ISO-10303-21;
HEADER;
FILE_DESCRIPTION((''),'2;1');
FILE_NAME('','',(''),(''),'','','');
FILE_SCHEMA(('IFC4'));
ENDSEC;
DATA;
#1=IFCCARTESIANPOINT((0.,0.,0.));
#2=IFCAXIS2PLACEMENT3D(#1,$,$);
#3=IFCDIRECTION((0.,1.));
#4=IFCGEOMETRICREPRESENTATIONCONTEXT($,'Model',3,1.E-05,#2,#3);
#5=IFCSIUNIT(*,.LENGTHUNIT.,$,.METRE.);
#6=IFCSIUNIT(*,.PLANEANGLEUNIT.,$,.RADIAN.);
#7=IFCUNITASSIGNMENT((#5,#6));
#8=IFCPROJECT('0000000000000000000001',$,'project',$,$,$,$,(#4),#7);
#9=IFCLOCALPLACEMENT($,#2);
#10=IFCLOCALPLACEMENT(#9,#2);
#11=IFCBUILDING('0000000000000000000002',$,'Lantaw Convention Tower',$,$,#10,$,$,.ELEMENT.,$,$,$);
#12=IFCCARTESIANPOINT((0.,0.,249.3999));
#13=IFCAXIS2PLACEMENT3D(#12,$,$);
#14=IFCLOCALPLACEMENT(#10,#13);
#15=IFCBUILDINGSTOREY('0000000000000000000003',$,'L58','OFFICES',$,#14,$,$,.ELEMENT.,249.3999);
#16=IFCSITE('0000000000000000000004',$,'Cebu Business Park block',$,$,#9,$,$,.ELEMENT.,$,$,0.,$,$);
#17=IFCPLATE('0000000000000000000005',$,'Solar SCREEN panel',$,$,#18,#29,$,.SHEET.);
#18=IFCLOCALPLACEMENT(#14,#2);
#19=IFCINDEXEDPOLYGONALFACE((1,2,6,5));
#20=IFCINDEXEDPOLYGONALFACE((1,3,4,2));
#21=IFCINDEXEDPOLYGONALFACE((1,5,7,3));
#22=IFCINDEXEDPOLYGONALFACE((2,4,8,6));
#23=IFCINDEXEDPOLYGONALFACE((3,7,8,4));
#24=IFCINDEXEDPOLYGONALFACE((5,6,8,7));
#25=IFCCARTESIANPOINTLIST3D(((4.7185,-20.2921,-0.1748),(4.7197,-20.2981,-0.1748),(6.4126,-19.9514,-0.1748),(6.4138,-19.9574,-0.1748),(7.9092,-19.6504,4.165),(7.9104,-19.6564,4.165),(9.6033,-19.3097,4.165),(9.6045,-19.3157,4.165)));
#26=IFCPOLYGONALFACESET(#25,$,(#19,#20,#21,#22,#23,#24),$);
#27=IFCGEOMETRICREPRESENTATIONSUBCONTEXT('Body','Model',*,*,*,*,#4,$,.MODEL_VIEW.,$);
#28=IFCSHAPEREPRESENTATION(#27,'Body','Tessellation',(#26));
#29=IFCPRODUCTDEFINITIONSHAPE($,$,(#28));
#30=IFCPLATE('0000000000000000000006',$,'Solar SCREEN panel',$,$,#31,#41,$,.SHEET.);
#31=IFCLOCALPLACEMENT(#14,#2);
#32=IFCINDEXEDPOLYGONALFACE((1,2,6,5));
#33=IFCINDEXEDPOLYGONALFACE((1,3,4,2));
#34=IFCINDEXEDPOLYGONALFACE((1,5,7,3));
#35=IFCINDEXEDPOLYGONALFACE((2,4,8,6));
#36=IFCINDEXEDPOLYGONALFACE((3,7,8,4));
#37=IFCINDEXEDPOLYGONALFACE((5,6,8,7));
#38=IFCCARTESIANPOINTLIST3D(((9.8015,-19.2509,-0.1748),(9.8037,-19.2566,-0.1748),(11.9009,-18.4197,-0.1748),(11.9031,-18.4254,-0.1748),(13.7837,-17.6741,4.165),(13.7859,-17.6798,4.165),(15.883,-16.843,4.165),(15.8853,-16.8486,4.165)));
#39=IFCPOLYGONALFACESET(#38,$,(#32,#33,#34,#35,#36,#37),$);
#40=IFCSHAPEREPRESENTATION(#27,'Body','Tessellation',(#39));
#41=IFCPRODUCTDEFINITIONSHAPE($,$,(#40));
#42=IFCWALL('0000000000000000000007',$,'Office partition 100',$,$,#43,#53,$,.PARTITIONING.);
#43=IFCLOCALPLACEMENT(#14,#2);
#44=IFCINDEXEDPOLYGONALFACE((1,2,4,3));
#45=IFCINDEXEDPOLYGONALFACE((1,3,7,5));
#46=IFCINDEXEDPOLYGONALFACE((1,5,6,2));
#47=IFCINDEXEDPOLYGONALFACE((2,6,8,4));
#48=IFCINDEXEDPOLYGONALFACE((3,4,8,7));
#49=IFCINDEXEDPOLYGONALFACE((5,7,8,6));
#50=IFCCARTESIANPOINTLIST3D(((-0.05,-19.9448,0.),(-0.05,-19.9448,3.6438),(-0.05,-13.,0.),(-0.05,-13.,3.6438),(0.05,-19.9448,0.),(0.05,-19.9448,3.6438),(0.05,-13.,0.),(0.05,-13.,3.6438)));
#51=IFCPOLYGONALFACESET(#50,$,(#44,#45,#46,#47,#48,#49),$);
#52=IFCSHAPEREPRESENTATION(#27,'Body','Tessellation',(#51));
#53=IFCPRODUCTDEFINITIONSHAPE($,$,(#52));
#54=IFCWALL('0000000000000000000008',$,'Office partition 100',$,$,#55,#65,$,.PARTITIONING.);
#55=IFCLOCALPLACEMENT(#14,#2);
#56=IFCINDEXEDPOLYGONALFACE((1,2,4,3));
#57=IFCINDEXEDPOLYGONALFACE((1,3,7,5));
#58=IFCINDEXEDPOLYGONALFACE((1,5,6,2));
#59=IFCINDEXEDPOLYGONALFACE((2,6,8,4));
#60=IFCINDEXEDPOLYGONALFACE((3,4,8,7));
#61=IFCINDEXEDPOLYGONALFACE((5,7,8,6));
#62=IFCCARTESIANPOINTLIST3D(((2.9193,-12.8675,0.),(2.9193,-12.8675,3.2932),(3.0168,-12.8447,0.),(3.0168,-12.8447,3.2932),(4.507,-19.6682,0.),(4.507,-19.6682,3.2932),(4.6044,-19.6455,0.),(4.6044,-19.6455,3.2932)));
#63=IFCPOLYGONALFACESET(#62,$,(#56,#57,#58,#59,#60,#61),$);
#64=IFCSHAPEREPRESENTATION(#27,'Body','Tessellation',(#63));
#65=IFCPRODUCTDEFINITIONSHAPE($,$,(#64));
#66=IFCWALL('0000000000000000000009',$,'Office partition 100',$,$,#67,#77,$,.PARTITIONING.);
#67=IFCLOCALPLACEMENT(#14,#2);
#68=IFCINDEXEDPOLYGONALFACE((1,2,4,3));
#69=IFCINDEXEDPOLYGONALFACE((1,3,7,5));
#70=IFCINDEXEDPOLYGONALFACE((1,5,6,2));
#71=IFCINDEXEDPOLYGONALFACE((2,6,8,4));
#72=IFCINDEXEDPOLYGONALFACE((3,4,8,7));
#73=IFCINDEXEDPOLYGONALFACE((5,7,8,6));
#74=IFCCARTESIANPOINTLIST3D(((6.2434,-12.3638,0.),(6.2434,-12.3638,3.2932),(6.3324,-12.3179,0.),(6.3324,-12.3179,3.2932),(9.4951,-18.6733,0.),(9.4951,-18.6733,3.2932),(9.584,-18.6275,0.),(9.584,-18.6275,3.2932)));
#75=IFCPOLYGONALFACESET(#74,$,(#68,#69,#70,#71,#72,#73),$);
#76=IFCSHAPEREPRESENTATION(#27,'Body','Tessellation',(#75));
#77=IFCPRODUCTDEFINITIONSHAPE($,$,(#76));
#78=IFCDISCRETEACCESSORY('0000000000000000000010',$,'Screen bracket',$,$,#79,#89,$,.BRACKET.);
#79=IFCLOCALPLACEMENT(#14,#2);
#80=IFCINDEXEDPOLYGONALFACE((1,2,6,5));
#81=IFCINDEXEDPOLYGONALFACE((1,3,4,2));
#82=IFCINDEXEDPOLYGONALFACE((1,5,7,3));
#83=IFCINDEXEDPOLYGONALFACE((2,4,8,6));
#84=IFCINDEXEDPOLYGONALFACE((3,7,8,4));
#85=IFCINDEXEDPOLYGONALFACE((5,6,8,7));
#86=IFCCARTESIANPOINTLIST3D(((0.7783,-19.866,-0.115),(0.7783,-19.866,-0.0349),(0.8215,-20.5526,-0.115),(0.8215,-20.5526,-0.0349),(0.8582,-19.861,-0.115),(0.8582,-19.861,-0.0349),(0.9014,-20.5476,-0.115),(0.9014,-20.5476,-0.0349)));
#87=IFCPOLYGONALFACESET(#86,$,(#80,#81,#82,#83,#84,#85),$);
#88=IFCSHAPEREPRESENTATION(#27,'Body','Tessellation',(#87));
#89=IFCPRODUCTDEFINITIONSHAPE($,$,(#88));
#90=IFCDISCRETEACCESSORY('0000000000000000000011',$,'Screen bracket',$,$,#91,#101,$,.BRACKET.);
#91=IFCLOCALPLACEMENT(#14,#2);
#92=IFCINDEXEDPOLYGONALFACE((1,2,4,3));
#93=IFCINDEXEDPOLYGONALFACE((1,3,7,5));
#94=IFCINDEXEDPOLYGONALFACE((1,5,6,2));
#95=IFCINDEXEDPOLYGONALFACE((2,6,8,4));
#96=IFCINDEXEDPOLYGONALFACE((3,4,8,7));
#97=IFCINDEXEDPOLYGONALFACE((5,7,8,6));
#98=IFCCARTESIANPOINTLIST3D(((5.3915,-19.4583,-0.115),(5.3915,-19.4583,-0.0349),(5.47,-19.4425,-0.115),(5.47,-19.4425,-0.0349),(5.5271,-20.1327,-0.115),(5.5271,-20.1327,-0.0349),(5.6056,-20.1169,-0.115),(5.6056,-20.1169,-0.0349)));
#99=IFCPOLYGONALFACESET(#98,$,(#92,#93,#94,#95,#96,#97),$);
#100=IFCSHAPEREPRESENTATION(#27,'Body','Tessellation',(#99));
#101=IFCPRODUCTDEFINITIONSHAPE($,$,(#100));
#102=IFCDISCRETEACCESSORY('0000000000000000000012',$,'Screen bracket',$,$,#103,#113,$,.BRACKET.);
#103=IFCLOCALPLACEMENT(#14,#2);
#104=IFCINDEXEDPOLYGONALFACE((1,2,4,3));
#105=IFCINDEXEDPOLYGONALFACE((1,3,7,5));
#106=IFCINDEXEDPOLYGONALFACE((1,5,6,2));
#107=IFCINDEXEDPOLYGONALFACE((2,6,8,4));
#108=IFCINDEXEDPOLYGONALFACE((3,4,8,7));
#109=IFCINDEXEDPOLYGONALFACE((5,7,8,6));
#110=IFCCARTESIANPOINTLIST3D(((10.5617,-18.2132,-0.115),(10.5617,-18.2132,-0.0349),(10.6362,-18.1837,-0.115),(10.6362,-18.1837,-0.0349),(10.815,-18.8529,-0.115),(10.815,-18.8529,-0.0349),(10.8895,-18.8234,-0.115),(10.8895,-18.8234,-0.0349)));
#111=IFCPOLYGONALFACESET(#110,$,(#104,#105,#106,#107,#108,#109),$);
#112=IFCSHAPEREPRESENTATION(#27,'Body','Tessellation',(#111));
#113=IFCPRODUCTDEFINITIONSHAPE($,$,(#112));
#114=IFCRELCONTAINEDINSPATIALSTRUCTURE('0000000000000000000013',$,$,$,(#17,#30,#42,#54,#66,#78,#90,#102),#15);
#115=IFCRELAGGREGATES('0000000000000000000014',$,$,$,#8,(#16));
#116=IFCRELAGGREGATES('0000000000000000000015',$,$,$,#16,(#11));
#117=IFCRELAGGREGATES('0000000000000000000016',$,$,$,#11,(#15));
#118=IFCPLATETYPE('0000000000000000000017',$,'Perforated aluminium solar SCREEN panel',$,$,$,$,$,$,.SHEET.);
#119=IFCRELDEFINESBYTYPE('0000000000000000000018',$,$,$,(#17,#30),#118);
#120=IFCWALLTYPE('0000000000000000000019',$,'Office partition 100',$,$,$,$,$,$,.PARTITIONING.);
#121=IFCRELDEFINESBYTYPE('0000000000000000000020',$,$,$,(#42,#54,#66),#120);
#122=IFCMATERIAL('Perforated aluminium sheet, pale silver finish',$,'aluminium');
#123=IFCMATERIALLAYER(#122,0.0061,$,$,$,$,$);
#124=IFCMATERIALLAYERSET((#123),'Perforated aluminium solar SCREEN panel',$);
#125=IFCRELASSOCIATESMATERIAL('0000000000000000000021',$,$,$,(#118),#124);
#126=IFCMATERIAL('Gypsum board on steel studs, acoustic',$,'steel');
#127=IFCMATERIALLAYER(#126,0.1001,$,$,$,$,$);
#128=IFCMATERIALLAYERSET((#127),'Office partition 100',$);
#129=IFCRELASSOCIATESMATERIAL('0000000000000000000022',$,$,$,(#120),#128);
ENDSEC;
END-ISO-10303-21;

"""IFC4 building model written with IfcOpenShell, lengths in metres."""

from ifc_helpers import new_model, si_unit, direction, frame, frame_2d, origin, origin_2d, place, context, subcontext, project, spatial, polyline, rectangle, outline, extrude, material, layer, layer_set, type_object, element, save


model = new_model("IFC4")

# Units and contexts
model_context = context("Model", 3, precision=1e-05, world=origin(), true_north=direction((0.0, 1.0)))
body_context = subcontext(model_context, "Body", "Model", "MODEL_VIEW")
ifc_project = project(units=[si_unit("LENGTHUNIT", "METRE"), si_unit("PLANEANGLEUNIT", "RADIAN")], contexts=[model_context])

# Site, building, storey
site_placement = place(None, origin())
site = spatial("IfcSite", under=ifc_project, at=site_placement, Name="Cebu Business Park block", CompositionType="ELEMENT", RefElevation=0.0)
building_placement = place(site_placement, origin())
building = spatial("IfcBuilding", under=site, at=building_placement, Name="Lantaw Convention Tower", CompositionType="ELEMENT")
storey_placement = place(building_placement, frame((0.0, 0.0, 249.3999)))
storey = spatial("IfcBuildingStorey", under=building, at=storey_placement, Name="L58", Description="OFFICES", CompositionType="ELEMENT", Elevation=249.3999)

# Plates
ifc_material_1 = material(Name="Perforated aluminium sheet, pale silver finish", Category="aluminium")
ifc_layer_1 = layer(ifc_material_1, 0.0061)
ifc_layer_set_1 = layer_set([ifc_layer_1], Name="Perforated aluminium solar SCREEN panel")
plate_type_1 = type_object("IfcPlateType", Name="Perforated aluminium solar SCREEN panel", PredefinedType="SHEET", material=ifc_layer_set_1)
plate_1_placement = place(storey_placement, frame((4.7197, -20.2981, -0.1748), z_axis=(0.197162, -0.980371, 0.000011), x_axis=(0.980371, 0.197162, 0.0)))
element("IfcPlate", 1, at=plate_1_placement, inside=storey, type_object=plate_type_1, Name="Solar SCREEN panel", PredefinedType="SHEET", context=body_context, shape_type="SweptSolid", body=[
    extrude(outline(polyline([(0.0, 0.0), (1.728, 0.0), (4.9826, 4.3398), (3.2546, 4.3398), (0.0, 0.0)])), origin(), (0.0, 0.0, -1.0), 0.0061),
])
plate_2_placement = place(storey_placement, frame((9.8037, -19.2566, -0.1748), z_axis=(0.368117, -0.92978, 0.000036), x_axis=(0.92978, 0.368117, 0.0)))
element("IfcPlate", 2, at=plate_2_placement, inside=storey, type_object=plate_type_1, Name="Solar SCREEN panel", PredefinedType="SHEET", context=body_context, shape_type="SweptSolid", body=[
    extrude(outline(polyline([(0.0, 0.0), (2.258, 0.0), (6.5409, 4.3398), (4.283, 4.3398), (0.0, 0.0)])), origin(), (0.0, 0.0, -1.0), 0.0061),
])

# Walls
ifc_material_2 = material(Name="Gypsum board on steel studs, acoustic", Category="steel")
ifc_layer_2 = layer(ifc_material_2, 0.1001)
ifc_layer_set_2 = layer_set([ifc_layer_2], Name="Office partition 100")
wall_type = type_object("IfcWallType", Name="Office partition 100", PredefinedType="PARTITIONING", material=ifc_layer_set_2)
wall_1_placement = place(storey_placement, frame((0.0, -19.9448, 0.0), z_axis=(0.0, 0.0, 1.0), x_axis=(0.0, 1.0, 0.0)))
element("IfcWall", 3, at=wall_1_placement, inside=storey, type_object=wall_type, Name="Office partition 100", PredefinedType="PARTITIONING", context=body_context, shape_type="SweptSolid", body=[
    extrude(rectangle(XDim=6.9448, YDim=0.1001, at=frame_2d((3.4724, 0.0))), origin(), (0.0, 0.0, 1.0), 3.6438),
])
wall_2_placement = place(storey_placement, frame((4.5557, -19.6567, 0.0), z_axis=(0.0, 0.0, 1.0), x_axis=(-0.227338, 0.973816, 0.0)))
element("IfcWall", 4, at=wall_2_placement, inside=storey, type_object=wall_type, Name="Office partition 100", PredefinedType="PARTITIONING", context=body_context, shape_type="SweptSolid", body=[
    extrude(rectangle(XDim=6.9836, YDim=0.1001, at=frame_2d((3.4917, 0.0))), origin(), (0.0, 0.0, 1.0), 3.2932),
])
wall_3_placement = place(storey_placement, frame((9.5396, -18.6504, 0.0), z_axis=(0.0, 0.0, 1.0), x_axis=(-0.458104, 0.888899, 0.0)))
element("IfcWall", 5, at=wall_3_placement, inside=storey, type_object=wall_type, Name="Office partition 100", PredefinedType="PARTITIONING", context=body_context, shape_type="SweptSolid", body=[
    extrude(rectangle(XDim=7.0981, YDim=0.1001, at=frame_2d((3.5491, 0.0))), origin(), (0.0, 0.0, 1.0), 3.2932),
])

# Discrete accessories
for number, where, z_axis, x_axis, name in (
    (6, (0.8398, -20.2068, -0.115), (0.0, 0.0, 1.0), (0.998029, 0.062758, 0.0), "Screen bracket"),
    (7, (5.4985, -19.7876, -0.115), (0.0, 0.0, 1.0), (0.980367, 0.197183, 0.0), "Screen bracket"),
    (8, (10.7256, -18.5183, -0.115), (0.0, 0.0, 1.0), (0.929762, 0.368162, 0.0), "Screen bracket"),
):
    element("IfcDiscreteAccessory", number, at=place(storey_placement, frame(where, z_axis=z_axis, x_axis=x_axis)), inside=storey, Name=name, PredefinedType="BRACKET", context=body_context, shape_type="SweptSolid", body=[
        extrude(rectangle(XDim=0.0801, YDim=0.688, at=origin_2d()), origin(), (0.0, 0.0, 1.0), 0.0801),
    ])

save(model, "model.ifc")
